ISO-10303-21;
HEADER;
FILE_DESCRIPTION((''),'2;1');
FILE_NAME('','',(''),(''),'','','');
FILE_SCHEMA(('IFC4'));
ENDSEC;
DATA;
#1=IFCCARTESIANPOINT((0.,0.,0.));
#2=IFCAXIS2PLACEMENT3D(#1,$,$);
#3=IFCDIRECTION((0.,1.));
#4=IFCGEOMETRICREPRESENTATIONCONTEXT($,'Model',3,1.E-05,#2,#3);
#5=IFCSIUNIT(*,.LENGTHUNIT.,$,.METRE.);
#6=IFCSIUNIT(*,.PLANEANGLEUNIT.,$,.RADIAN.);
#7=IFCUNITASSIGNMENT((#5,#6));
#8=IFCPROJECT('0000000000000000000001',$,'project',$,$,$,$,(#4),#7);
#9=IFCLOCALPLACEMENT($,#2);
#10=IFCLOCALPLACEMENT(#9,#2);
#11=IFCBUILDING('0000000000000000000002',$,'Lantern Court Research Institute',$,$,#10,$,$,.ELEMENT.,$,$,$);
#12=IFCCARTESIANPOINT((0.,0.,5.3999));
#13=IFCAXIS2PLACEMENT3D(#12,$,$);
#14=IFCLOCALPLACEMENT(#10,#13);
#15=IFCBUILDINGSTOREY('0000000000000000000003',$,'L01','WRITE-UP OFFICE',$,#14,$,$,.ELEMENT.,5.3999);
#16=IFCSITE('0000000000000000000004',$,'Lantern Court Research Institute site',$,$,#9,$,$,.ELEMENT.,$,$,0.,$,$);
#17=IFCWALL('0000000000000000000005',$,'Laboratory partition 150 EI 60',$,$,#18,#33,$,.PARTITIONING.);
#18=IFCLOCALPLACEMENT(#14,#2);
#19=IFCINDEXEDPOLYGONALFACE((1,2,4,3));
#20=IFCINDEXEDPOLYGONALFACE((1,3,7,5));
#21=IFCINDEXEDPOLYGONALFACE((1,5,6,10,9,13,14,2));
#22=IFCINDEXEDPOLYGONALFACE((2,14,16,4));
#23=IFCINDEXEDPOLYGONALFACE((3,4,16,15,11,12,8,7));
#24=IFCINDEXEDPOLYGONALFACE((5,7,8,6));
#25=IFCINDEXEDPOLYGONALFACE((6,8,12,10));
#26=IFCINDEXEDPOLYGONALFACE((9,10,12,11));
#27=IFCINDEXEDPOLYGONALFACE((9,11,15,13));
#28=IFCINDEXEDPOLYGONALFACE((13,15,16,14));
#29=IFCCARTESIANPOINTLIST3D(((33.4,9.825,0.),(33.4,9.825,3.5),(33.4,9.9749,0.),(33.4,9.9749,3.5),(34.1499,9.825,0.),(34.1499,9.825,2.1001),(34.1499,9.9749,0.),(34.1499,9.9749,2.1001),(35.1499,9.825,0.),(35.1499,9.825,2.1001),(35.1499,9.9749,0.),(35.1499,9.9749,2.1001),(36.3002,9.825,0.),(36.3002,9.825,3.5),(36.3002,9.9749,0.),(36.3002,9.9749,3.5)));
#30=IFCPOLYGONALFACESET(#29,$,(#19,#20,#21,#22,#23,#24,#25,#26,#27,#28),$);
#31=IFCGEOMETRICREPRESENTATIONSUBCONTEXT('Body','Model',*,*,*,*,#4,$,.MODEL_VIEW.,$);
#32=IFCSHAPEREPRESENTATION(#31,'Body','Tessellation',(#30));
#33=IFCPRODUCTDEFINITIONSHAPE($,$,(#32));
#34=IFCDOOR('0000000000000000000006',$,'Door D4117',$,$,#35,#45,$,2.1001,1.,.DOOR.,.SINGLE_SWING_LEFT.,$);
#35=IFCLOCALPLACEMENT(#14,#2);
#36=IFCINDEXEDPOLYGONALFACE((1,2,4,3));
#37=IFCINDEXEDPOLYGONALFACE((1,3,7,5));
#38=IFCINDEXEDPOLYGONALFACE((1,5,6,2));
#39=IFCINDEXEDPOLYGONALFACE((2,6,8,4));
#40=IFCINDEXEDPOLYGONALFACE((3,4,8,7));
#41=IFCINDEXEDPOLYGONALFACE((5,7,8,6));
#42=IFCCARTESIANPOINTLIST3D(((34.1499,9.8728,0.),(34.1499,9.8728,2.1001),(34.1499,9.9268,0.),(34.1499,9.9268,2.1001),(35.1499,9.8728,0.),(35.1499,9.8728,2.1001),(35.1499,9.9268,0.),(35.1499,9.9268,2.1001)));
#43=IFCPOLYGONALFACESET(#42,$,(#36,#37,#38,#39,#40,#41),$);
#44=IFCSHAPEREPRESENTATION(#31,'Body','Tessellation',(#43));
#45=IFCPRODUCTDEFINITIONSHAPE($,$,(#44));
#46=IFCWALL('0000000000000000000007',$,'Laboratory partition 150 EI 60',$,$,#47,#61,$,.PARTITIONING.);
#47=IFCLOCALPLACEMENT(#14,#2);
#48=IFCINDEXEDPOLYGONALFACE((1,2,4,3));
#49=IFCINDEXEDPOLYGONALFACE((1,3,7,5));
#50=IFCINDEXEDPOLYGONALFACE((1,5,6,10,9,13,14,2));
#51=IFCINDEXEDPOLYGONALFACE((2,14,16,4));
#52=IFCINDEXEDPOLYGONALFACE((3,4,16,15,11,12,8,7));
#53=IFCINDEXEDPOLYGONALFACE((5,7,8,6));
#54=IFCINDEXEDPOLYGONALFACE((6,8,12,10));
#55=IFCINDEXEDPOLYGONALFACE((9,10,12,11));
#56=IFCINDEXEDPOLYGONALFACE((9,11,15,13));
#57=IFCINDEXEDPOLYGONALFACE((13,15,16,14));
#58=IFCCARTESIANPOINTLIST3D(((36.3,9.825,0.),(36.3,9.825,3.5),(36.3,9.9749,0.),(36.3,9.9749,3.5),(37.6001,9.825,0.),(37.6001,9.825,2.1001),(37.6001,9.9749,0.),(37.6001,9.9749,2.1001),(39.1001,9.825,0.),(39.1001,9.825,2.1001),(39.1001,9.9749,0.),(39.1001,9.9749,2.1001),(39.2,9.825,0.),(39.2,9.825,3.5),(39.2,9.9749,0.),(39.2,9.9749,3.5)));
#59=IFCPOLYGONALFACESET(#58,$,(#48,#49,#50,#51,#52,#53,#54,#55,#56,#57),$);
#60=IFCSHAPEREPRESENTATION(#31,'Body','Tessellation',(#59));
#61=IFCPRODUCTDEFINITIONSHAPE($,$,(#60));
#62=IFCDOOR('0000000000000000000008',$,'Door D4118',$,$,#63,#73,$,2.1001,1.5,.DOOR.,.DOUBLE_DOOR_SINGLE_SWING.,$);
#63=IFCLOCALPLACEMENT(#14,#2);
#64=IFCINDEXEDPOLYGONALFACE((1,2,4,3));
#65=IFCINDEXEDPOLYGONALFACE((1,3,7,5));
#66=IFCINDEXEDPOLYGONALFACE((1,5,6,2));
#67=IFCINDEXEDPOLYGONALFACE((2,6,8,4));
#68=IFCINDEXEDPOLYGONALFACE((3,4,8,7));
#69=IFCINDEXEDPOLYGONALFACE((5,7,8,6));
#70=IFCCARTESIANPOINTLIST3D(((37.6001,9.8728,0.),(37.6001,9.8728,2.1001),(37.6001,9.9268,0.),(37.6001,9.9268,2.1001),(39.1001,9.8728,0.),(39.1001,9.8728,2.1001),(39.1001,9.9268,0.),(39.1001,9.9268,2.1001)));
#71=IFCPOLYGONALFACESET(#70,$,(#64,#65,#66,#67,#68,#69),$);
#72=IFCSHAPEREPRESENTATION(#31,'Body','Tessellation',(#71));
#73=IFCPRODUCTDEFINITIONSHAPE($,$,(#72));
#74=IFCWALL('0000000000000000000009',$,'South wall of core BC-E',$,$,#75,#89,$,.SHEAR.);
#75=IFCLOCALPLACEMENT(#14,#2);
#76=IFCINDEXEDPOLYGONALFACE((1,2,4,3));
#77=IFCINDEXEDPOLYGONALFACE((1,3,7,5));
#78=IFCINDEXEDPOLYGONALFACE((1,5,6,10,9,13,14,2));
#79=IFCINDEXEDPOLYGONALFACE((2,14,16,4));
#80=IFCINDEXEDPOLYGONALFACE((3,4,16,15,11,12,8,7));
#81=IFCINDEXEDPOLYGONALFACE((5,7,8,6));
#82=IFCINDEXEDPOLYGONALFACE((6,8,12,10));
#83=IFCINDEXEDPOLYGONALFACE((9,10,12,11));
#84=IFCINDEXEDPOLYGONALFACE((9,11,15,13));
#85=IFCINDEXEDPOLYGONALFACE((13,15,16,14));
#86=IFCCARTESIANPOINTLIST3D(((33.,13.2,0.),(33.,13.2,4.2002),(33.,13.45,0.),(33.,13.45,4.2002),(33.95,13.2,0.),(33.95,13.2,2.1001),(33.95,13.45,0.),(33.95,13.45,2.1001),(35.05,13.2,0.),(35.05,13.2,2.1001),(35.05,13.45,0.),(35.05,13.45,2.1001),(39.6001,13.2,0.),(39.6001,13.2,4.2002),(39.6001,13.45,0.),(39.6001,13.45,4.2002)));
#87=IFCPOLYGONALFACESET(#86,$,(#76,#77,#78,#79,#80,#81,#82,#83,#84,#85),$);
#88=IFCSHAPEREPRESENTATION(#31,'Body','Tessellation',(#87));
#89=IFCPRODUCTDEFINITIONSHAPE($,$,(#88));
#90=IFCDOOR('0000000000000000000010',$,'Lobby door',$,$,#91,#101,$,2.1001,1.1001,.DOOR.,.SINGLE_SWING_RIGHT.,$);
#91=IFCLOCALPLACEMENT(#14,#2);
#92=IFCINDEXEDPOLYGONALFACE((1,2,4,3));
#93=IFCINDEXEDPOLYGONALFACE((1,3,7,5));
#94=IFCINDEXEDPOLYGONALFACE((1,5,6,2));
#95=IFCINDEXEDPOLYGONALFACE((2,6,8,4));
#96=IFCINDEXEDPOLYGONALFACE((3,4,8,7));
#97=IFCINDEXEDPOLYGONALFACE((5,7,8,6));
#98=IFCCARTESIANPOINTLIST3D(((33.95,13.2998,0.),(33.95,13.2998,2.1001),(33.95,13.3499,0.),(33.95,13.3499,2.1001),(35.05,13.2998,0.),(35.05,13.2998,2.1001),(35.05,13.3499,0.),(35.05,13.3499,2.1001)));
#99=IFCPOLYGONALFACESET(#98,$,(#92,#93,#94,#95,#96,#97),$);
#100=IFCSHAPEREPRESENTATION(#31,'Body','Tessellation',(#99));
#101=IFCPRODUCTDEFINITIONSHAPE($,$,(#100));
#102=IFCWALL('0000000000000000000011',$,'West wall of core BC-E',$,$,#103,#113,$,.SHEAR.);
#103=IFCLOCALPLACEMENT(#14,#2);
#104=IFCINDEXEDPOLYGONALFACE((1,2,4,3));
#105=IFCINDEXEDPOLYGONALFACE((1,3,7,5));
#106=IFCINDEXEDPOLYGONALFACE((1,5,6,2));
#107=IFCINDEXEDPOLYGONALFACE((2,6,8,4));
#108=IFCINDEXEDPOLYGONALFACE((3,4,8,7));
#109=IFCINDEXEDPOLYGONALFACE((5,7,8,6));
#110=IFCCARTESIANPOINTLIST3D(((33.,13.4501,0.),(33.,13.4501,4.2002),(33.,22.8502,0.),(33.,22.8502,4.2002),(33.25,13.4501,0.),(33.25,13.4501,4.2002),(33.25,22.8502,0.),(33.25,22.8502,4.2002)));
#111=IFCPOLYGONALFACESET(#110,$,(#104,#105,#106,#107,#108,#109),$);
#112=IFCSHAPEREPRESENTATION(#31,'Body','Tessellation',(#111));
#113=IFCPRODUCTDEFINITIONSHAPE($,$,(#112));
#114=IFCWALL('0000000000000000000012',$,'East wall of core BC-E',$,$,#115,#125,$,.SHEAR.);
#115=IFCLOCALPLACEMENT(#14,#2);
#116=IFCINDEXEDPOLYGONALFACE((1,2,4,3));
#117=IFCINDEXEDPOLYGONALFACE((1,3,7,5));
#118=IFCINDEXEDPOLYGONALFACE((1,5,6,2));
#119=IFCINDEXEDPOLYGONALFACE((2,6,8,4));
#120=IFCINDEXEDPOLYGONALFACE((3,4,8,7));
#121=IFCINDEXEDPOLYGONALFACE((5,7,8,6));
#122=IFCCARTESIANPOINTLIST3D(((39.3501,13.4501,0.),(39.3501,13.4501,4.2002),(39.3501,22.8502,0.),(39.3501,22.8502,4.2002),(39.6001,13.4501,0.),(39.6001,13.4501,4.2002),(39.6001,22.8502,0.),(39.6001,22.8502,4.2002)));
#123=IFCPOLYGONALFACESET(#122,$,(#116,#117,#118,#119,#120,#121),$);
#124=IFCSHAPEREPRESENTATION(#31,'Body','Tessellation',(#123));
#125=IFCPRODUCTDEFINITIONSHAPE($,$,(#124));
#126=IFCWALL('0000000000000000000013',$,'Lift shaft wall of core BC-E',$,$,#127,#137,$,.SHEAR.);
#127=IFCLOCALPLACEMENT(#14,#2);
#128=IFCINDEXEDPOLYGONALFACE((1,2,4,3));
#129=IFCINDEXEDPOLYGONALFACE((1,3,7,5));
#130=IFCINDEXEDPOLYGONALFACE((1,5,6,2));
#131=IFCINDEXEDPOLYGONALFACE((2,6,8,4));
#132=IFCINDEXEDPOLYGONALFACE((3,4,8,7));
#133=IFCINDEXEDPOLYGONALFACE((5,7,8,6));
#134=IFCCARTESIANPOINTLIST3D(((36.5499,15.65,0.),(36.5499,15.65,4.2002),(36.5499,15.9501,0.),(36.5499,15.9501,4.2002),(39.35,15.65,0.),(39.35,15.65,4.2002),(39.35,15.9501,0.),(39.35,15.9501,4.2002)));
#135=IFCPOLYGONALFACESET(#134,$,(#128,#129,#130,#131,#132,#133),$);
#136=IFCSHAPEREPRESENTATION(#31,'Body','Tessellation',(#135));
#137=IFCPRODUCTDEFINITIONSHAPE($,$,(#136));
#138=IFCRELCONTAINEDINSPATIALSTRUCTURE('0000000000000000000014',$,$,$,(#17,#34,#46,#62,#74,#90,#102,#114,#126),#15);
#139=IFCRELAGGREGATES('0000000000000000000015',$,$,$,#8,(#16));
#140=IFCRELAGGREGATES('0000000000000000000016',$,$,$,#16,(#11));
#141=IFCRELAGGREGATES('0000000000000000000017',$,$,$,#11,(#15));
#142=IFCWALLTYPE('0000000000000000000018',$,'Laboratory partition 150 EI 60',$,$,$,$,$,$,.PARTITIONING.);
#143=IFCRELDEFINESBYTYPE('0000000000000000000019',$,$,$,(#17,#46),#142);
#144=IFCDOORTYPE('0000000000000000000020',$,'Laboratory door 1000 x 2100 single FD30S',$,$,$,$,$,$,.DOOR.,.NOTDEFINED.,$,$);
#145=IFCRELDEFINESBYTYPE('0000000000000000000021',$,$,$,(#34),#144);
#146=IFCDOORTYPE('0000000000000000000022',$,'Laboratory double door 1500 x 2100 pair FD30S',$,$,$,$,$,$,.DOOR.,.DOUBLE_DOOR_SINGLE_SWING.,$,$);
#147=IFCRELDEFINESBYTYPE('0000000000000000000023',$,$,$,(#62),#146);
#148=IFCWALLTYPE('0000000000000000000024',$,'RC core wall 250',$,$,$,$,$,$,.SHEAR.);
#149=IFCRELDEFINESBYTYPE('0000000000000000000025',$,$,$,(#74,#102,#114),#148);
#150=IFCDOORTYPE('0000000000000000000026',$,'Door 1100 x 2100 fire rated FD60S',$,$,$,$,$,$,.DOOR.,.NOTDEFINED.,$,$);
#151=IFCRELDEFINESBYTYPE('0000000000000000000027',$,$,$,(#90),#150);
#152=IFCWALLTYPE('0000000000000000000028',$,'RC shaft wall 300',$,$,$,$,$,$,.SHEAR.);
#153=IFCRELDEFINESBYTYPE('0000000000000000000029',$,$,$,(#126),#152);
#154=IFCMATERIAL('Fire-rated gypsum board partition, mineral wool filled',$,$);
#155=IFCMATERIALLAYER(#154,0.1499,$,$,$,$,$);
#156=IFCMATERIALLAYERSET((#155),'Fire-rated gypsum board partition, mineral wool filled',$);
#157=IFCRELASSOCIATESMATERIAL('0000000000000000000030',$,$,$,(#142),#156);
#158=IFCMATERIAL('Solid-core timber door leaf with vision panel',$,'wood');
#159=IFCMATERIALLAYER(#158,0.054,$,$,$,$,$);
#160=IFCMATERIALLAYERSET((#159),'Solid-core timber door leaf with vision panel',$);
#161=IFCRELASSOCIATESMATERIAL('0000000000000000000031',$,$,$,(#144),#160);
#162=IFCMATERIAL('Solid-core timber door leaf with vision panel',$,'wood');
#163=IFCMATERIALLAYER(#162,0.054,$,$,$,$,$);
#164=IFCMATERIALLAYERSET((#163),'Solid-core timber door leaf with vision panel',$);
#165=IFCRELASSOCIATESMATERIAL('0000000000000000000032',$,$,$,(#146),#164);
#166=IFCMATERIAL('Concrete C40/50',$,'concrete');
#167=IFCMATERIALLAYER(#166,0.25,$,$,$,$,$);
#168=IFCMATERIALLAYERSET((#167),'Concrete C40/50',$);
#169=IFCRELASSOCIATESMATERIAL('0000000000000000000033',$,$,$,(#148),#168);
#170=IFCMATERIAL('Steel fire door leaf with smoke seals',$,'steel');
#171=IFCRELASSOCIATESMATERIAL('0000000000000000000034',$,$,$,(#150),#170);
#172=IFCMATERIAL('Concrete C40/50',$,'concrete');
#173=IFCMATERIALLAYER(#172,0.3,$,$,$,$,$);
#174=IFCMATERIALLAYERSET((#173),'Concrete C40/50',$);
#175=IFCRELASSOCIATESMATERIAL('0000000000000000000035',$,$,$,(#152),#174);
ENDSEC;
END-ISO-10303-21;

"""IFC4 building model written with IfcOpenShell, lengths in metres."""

from ifc_helpers import new_model, si_unit, direction, frame, frame_2d, origin, place, context, subcontext, project, spatial, rectangle, extrude, material, layer, layer_set, type_object, element, fill, save


model = new_model("IFC4")

# Units and contexts
model_context = context("Model", 3, precision=1e-05, world=origin(), true_north=direction((0.0, 1.0)))
body_context = subcontext(model_context, "Body", "Model", "MODEL_VIEW")
ifc_project = project(units=[si_unit("LENGTHUNIT", "METRE"), si_unit("PLANEANGLEUNIT", "RADIAN")], contexts=[model_context])

# Site, building, storey
site_placement = place(None, origin())
site = spatial("IfcSite", under=ifc_project, at=site_placement, Name="Lantern Court Research Institute site", CompositionType="ELEMENT", RefElevation=0.0)
building_placement = place(site_placement, origin())
building = spatial("IfcBuilding", under=site, at=building_placement, Name="Lantern Court Research Institute", CompositionType="ELEMENT")
storey_placement = place(building_placement, frame((0.0, 0.0, 5.3999)))
storey = spatial("IfcBuildingStorey", under=building, at=storey_placement, Name="L01", Description="WRITE-UP OFFICE", CompositionType="ELEMENT", Elevation=5.3999)

# Walls, openings, doors
ifc_material_1 = material(Name="Fire-rated gypsum board partition, mineral wool filled")
ifc_layer_1 = layer(ifc_material_1, 0.1499)
ifc_layer_set_1 = layer_set([ifc_layer_1], Name="Fire-rated gypsum board partition, mineral wool filled")
wall_type_1 = type_object("IfcWallType", Name="Laboratory partition 150 EI 60", PredefinedType="PARTITIONING", material=ifc_layer_set_1)
wall_1_placement = place(storey_placement, frame((33.3999, 9.8999, 0.0), z_axis=(0.0, 0.0, 1.0), x_axis=(1.0, 0.0, 0.0)))
wall_1 = element("IfcWall", 1, at=wall_1_placement, inside=storey, type_object=wall_type_1, Name="Laboratory partition 150 EI 60", PredefinedType="PARTITIONING", context=body_context, shape_type="SweptSolid", body=[
    extrude(rectangle(XDim=2.9001, YDim=0.1499, at=frame_2d((1.4502, 0.0))), origin(), (0.0, 0.0, 1.0), 3.5),
])
opening_1_placement = place(wall_1_placement, frame((0.75, 0.0, 0.0)))
opening_1 = element("IfcOpeningElement", 2, at=opening_1_placement, cuts=wall_1, PredefinedType="OPENING", context=body_context, shape_type="SweptSolid", body=[
    extrude(rectangle(XDim=1.0, YDim=2.1001, at=frame_2d((0.5, 1.05))), frame((0.0, 0.085, 0.0), z_axis=(0.0, -1.0, 0.0), x_axis=(1.0, 0.0, 0.0)), (0.0, 0.0, 1.0), 0.1699),
])
ifc_material_2 = material(Name="Solid-core timber door leaf with vision panel", Category="wood")
ifc_layer_2 = layer(ifc_material_2, 0.054)
ifc_layer_set_2 = layer_set([ifc_layer_2], Name="Solid-core timber door leaf with vision panel")
door_type_1 = type_object("IfcDoorType", Name="Laboratory door 1000 x 2100 single FD30S", OperationType="NOTDEFINED", PredefinedType="DOOR", material=ifc_layer_set_2)
door_1_placement = place(opening_1_placement, origin())
door_1 = element("IfcDoor", 3, at=door_1_placement, inside=storey, type_object=door_type_1, Name="Door D4117", OperationType="SINGLE_SWING_LEFT", OverallHeight=2.1001, OverallWidth=1.0, PredefinedType="DOOR", context=body_context, shape_type="SweptSolid", body=[
    extrude(rectangle(XDim=1.0, YDim=2.1001, at=frame_2d((0.5, 1.05))), frame((0.0, 0.0269, 0.0), z_axis=(0.0, -1.0, 0.0), x_axis=(1.0, 0.0, 0.0)), (0.0, 0.0, 1.0), 0.054),
])
fill(opening_1, door_1)
wall_2_placement = place(storey_placement, frame((36.3, 9.8999, 0.0), z_axis=(0.0, 0.0, 1.0), x_axis=(1.0, 0.0, 0.0)))
wall_2 = element("IfcWall", 4, at=wall_2_placement, inside=storey, type_object=wall_type_1, Name="Laboratory partition 150 EI 60", PredefinedType="PARTITIONING", context=body_context, shape_type="SweptSolid", body=[
    extrude(rectangle(XDim=2.8999, YDim=0.1499, at=frame_2d((1.45, 0.0))), origin(), (0.0, 0.0, 1.0), 3.5),
])
opening_2_placement = place(wall_2_placement, frame((1.3, 0.0, 0.0)))
opening_2 = element("IfcOpeningElement", 5, at=opening_2_placement, cuts=wall_2, PredefinedType="OPENING", context=body_context, shape_type="SweptSolid", body=[
    extrude(rectangle(XDim=1.5, YDim=2.1001, at=frame_2d((0.75, 1.05))), frame((0.0, 0.085, 0.0), z_axis=(0.0, -1.0, 0.0), x_axis=(1.0, 0.0, 0.0)), (0.0, 0.0, 1.0), 0.1699),
])
ifc_material_3 = material(Name="Solid-core timber door leaf with vision panel", Category="wood")
ifc_layer_3 = layer(ifc_material_3, 0.054)
ifc_layer_set_3 = layer_set([ifc_layer_3], Name="Solid-core timber door leaf with vision panel")
door_type_2 = type_object("IfcDoorType", Name="Laboratory double door 1500 x 2100 pair FD30S", OperationType="DOUBLE_DOOR_SINGLE_SWING", PredefinedType="DOOR", material=ifc_layer_set_3)
door_2_placement = place(opening_2_placement, origin())
door_2 = element("IfcDoor", 6, at=door_2_placement, inside=storey, type_object=door_type_2, Name="Door D4118", OperationType="DOUBLE_DOOR_SINGLE_SWING", OverallHeight=2.1001, OverallWidth=1.5, PredefinedType="DOOR", context=body_context, shape_type="SweptSolid", body=[
    extrude(rectangle(XDim=1.5, YDim=2.1001, at=frame_2d((0.75, 1.05))), frame((0.0, 0.0269, 0.0), z_axis=(0.0, -1.0, 0.0), x_axis=(1.0, 0.0, 0.0)), (0.0, 0.0, 1.0), 0.054),
])
fill(opening_2, door_2)
ifc_material_4 = material(Name="Concrete C40/50", Category="concrete")
ifc_layer_4 = layer(ifc_material_4, 0.25)
ifc_layer_set_4 = layer_set([ifc_layer_4], Name="Concrete C40/50")
wall_type_2 = type_object("IfcWallType", Name="RC core wall 250", PredefinedType="SHEAR", material=ifc_layer_set_4)
wall_3_placement = place(storey_placement, frame((33.0, 13.325, 0.0), z_axis=(0.0, 0.0, 1.0), x_axis=(1.0, 0.0, 0.0)))
wall_3 = element("IfcWall", 7, at=wall_3_placement, inside=storey, type_object=wall_type_2, Name="South wall of core BC-E", PredefinedType="SHEAR", context=body_context, shape_type="SweptSolid", body=[
    extrude(rectangle(XDim=6.6001, YDim=0.25, at=frame_2d((3.3, 0.0))), origin(), (0.0, 0.0, 1.0), 4.2002),
])
opening_3_placement = place(wall_3_placement, frame((0.95, 0.0, 0.0)))
opening_3 = element("IfcOpeningElement", 8, at=opening_3_placement, cuts=wall_3, PredefinedType="OPENING", context=body_context, shape_type="SweptSolid", body=[
    extrude(rectangle(XDim=1.1001, YDim=2.1001, at=frame_2d((0.55, 1.05))), frame((0.0, 0.135, 0.0), z_axis=(0.0, -1.0, 0.0), x_axis=(1.0, 0.0, 0.0)), (0.0, 0.0, 1.0), 0.27),
])
ifc_material_5 = material(Name="Steel fire door leaf with smoke seals", Category="steel")
door_type_3 = type_object("IfcDoorType", Name="Door 1100 x 2100 fire rated FD60S", OperationType="NOTDEFINED", PredefinedType="DOOR", material=ifc_material_5)
door_3_placement = place(opening_3_placement, origin())
door_3 = element("IfcDoor", 9, at=door_3_placement, inside=storey, type_object=door_type_3, Name="Lobby door", OperationType="SINGLE_SWING_RIGHT", OverallHeight=2.1001, OverallWidth=1.1001, PredefinedType="DOOR", context=body_context, shape_type="SweptSolid", body=[
    extrude(rectangle(XDim=1.1001, YDim=2.1001, at=frame_2d((0.55, 1.05))), frame((0.0, 0.0249, 0.0), z_axis=(0.0, -1.0, 0.0), x_axis=(1.0, 0.0, 0.0)), (0.0, 0.0, 1.0), 0.05),
])
fill(opening_3, door_3)

# Walls
for number, where, z_axis, x_axis, name in (
    (10, (33.125, 13.45, 0.0), (0.0, 0.0, 1.0), (0.0, 1.0, 0.0), "West wall of core BC-E"),
    (11, (39.4751, 13.45, 0.0), (0.0, 0.0, 1.0), (0.0, 1.0, 0.0), "East wall of core BC-E"),
):
    element("IfcWall", number, at=place(storey_placement, frame(where, z_axis=z_axis, x_axis=x_axis)), inside=storey, type_object=wall_type_2, Name=name, PredefinedType="SHEAR", context=body_context, shape_type="SweptSolid", body=[
        extrude(rectangle(XDim=9.4001, YDim=0.25, at=frame_2d((4.7002, 0.0))), origin(), (0.0, 0.0, 1.0), 4.2002),
    ])

# Shared definitions
ifc_material_6 = material(Name="Concrete C40/50", Category="concrete")
ifc_layer_5 = layer(ifc_material_6, 0.3)
ifc_layer_set_5 = layer_set([ifc_layer_5], Name="Concrete C40/50")
wall_type_3 = type_object("IfcWallType", Name="RC shaft wall 300", PredefinedType="SHEAR", material=ifc_layer_set_5)

# Wall
wall_4_placement = place(storey_placement, frame((36.55, 15.8, 0.0), z_axis=(0.0, 0.0, 1.0), x_axis=(1.0, 0.0, 0.0)))
element("IfcWall", 12, at=wall_4_placement, inside=storey, type_object=wall_type_3, Name="Lift shaft wall of core BC-E", PredefinedType="SHEAR", context=body_context, shape_type="SweptSolid", body=[
    extrude(rectangle(XDim=2.8, YDim=0.3, at=frame_2d((1.3999, 0.0))), origin(), (0.0, 0.0, 1.0), 4.2002),
])

save(model, "model.ifc")
